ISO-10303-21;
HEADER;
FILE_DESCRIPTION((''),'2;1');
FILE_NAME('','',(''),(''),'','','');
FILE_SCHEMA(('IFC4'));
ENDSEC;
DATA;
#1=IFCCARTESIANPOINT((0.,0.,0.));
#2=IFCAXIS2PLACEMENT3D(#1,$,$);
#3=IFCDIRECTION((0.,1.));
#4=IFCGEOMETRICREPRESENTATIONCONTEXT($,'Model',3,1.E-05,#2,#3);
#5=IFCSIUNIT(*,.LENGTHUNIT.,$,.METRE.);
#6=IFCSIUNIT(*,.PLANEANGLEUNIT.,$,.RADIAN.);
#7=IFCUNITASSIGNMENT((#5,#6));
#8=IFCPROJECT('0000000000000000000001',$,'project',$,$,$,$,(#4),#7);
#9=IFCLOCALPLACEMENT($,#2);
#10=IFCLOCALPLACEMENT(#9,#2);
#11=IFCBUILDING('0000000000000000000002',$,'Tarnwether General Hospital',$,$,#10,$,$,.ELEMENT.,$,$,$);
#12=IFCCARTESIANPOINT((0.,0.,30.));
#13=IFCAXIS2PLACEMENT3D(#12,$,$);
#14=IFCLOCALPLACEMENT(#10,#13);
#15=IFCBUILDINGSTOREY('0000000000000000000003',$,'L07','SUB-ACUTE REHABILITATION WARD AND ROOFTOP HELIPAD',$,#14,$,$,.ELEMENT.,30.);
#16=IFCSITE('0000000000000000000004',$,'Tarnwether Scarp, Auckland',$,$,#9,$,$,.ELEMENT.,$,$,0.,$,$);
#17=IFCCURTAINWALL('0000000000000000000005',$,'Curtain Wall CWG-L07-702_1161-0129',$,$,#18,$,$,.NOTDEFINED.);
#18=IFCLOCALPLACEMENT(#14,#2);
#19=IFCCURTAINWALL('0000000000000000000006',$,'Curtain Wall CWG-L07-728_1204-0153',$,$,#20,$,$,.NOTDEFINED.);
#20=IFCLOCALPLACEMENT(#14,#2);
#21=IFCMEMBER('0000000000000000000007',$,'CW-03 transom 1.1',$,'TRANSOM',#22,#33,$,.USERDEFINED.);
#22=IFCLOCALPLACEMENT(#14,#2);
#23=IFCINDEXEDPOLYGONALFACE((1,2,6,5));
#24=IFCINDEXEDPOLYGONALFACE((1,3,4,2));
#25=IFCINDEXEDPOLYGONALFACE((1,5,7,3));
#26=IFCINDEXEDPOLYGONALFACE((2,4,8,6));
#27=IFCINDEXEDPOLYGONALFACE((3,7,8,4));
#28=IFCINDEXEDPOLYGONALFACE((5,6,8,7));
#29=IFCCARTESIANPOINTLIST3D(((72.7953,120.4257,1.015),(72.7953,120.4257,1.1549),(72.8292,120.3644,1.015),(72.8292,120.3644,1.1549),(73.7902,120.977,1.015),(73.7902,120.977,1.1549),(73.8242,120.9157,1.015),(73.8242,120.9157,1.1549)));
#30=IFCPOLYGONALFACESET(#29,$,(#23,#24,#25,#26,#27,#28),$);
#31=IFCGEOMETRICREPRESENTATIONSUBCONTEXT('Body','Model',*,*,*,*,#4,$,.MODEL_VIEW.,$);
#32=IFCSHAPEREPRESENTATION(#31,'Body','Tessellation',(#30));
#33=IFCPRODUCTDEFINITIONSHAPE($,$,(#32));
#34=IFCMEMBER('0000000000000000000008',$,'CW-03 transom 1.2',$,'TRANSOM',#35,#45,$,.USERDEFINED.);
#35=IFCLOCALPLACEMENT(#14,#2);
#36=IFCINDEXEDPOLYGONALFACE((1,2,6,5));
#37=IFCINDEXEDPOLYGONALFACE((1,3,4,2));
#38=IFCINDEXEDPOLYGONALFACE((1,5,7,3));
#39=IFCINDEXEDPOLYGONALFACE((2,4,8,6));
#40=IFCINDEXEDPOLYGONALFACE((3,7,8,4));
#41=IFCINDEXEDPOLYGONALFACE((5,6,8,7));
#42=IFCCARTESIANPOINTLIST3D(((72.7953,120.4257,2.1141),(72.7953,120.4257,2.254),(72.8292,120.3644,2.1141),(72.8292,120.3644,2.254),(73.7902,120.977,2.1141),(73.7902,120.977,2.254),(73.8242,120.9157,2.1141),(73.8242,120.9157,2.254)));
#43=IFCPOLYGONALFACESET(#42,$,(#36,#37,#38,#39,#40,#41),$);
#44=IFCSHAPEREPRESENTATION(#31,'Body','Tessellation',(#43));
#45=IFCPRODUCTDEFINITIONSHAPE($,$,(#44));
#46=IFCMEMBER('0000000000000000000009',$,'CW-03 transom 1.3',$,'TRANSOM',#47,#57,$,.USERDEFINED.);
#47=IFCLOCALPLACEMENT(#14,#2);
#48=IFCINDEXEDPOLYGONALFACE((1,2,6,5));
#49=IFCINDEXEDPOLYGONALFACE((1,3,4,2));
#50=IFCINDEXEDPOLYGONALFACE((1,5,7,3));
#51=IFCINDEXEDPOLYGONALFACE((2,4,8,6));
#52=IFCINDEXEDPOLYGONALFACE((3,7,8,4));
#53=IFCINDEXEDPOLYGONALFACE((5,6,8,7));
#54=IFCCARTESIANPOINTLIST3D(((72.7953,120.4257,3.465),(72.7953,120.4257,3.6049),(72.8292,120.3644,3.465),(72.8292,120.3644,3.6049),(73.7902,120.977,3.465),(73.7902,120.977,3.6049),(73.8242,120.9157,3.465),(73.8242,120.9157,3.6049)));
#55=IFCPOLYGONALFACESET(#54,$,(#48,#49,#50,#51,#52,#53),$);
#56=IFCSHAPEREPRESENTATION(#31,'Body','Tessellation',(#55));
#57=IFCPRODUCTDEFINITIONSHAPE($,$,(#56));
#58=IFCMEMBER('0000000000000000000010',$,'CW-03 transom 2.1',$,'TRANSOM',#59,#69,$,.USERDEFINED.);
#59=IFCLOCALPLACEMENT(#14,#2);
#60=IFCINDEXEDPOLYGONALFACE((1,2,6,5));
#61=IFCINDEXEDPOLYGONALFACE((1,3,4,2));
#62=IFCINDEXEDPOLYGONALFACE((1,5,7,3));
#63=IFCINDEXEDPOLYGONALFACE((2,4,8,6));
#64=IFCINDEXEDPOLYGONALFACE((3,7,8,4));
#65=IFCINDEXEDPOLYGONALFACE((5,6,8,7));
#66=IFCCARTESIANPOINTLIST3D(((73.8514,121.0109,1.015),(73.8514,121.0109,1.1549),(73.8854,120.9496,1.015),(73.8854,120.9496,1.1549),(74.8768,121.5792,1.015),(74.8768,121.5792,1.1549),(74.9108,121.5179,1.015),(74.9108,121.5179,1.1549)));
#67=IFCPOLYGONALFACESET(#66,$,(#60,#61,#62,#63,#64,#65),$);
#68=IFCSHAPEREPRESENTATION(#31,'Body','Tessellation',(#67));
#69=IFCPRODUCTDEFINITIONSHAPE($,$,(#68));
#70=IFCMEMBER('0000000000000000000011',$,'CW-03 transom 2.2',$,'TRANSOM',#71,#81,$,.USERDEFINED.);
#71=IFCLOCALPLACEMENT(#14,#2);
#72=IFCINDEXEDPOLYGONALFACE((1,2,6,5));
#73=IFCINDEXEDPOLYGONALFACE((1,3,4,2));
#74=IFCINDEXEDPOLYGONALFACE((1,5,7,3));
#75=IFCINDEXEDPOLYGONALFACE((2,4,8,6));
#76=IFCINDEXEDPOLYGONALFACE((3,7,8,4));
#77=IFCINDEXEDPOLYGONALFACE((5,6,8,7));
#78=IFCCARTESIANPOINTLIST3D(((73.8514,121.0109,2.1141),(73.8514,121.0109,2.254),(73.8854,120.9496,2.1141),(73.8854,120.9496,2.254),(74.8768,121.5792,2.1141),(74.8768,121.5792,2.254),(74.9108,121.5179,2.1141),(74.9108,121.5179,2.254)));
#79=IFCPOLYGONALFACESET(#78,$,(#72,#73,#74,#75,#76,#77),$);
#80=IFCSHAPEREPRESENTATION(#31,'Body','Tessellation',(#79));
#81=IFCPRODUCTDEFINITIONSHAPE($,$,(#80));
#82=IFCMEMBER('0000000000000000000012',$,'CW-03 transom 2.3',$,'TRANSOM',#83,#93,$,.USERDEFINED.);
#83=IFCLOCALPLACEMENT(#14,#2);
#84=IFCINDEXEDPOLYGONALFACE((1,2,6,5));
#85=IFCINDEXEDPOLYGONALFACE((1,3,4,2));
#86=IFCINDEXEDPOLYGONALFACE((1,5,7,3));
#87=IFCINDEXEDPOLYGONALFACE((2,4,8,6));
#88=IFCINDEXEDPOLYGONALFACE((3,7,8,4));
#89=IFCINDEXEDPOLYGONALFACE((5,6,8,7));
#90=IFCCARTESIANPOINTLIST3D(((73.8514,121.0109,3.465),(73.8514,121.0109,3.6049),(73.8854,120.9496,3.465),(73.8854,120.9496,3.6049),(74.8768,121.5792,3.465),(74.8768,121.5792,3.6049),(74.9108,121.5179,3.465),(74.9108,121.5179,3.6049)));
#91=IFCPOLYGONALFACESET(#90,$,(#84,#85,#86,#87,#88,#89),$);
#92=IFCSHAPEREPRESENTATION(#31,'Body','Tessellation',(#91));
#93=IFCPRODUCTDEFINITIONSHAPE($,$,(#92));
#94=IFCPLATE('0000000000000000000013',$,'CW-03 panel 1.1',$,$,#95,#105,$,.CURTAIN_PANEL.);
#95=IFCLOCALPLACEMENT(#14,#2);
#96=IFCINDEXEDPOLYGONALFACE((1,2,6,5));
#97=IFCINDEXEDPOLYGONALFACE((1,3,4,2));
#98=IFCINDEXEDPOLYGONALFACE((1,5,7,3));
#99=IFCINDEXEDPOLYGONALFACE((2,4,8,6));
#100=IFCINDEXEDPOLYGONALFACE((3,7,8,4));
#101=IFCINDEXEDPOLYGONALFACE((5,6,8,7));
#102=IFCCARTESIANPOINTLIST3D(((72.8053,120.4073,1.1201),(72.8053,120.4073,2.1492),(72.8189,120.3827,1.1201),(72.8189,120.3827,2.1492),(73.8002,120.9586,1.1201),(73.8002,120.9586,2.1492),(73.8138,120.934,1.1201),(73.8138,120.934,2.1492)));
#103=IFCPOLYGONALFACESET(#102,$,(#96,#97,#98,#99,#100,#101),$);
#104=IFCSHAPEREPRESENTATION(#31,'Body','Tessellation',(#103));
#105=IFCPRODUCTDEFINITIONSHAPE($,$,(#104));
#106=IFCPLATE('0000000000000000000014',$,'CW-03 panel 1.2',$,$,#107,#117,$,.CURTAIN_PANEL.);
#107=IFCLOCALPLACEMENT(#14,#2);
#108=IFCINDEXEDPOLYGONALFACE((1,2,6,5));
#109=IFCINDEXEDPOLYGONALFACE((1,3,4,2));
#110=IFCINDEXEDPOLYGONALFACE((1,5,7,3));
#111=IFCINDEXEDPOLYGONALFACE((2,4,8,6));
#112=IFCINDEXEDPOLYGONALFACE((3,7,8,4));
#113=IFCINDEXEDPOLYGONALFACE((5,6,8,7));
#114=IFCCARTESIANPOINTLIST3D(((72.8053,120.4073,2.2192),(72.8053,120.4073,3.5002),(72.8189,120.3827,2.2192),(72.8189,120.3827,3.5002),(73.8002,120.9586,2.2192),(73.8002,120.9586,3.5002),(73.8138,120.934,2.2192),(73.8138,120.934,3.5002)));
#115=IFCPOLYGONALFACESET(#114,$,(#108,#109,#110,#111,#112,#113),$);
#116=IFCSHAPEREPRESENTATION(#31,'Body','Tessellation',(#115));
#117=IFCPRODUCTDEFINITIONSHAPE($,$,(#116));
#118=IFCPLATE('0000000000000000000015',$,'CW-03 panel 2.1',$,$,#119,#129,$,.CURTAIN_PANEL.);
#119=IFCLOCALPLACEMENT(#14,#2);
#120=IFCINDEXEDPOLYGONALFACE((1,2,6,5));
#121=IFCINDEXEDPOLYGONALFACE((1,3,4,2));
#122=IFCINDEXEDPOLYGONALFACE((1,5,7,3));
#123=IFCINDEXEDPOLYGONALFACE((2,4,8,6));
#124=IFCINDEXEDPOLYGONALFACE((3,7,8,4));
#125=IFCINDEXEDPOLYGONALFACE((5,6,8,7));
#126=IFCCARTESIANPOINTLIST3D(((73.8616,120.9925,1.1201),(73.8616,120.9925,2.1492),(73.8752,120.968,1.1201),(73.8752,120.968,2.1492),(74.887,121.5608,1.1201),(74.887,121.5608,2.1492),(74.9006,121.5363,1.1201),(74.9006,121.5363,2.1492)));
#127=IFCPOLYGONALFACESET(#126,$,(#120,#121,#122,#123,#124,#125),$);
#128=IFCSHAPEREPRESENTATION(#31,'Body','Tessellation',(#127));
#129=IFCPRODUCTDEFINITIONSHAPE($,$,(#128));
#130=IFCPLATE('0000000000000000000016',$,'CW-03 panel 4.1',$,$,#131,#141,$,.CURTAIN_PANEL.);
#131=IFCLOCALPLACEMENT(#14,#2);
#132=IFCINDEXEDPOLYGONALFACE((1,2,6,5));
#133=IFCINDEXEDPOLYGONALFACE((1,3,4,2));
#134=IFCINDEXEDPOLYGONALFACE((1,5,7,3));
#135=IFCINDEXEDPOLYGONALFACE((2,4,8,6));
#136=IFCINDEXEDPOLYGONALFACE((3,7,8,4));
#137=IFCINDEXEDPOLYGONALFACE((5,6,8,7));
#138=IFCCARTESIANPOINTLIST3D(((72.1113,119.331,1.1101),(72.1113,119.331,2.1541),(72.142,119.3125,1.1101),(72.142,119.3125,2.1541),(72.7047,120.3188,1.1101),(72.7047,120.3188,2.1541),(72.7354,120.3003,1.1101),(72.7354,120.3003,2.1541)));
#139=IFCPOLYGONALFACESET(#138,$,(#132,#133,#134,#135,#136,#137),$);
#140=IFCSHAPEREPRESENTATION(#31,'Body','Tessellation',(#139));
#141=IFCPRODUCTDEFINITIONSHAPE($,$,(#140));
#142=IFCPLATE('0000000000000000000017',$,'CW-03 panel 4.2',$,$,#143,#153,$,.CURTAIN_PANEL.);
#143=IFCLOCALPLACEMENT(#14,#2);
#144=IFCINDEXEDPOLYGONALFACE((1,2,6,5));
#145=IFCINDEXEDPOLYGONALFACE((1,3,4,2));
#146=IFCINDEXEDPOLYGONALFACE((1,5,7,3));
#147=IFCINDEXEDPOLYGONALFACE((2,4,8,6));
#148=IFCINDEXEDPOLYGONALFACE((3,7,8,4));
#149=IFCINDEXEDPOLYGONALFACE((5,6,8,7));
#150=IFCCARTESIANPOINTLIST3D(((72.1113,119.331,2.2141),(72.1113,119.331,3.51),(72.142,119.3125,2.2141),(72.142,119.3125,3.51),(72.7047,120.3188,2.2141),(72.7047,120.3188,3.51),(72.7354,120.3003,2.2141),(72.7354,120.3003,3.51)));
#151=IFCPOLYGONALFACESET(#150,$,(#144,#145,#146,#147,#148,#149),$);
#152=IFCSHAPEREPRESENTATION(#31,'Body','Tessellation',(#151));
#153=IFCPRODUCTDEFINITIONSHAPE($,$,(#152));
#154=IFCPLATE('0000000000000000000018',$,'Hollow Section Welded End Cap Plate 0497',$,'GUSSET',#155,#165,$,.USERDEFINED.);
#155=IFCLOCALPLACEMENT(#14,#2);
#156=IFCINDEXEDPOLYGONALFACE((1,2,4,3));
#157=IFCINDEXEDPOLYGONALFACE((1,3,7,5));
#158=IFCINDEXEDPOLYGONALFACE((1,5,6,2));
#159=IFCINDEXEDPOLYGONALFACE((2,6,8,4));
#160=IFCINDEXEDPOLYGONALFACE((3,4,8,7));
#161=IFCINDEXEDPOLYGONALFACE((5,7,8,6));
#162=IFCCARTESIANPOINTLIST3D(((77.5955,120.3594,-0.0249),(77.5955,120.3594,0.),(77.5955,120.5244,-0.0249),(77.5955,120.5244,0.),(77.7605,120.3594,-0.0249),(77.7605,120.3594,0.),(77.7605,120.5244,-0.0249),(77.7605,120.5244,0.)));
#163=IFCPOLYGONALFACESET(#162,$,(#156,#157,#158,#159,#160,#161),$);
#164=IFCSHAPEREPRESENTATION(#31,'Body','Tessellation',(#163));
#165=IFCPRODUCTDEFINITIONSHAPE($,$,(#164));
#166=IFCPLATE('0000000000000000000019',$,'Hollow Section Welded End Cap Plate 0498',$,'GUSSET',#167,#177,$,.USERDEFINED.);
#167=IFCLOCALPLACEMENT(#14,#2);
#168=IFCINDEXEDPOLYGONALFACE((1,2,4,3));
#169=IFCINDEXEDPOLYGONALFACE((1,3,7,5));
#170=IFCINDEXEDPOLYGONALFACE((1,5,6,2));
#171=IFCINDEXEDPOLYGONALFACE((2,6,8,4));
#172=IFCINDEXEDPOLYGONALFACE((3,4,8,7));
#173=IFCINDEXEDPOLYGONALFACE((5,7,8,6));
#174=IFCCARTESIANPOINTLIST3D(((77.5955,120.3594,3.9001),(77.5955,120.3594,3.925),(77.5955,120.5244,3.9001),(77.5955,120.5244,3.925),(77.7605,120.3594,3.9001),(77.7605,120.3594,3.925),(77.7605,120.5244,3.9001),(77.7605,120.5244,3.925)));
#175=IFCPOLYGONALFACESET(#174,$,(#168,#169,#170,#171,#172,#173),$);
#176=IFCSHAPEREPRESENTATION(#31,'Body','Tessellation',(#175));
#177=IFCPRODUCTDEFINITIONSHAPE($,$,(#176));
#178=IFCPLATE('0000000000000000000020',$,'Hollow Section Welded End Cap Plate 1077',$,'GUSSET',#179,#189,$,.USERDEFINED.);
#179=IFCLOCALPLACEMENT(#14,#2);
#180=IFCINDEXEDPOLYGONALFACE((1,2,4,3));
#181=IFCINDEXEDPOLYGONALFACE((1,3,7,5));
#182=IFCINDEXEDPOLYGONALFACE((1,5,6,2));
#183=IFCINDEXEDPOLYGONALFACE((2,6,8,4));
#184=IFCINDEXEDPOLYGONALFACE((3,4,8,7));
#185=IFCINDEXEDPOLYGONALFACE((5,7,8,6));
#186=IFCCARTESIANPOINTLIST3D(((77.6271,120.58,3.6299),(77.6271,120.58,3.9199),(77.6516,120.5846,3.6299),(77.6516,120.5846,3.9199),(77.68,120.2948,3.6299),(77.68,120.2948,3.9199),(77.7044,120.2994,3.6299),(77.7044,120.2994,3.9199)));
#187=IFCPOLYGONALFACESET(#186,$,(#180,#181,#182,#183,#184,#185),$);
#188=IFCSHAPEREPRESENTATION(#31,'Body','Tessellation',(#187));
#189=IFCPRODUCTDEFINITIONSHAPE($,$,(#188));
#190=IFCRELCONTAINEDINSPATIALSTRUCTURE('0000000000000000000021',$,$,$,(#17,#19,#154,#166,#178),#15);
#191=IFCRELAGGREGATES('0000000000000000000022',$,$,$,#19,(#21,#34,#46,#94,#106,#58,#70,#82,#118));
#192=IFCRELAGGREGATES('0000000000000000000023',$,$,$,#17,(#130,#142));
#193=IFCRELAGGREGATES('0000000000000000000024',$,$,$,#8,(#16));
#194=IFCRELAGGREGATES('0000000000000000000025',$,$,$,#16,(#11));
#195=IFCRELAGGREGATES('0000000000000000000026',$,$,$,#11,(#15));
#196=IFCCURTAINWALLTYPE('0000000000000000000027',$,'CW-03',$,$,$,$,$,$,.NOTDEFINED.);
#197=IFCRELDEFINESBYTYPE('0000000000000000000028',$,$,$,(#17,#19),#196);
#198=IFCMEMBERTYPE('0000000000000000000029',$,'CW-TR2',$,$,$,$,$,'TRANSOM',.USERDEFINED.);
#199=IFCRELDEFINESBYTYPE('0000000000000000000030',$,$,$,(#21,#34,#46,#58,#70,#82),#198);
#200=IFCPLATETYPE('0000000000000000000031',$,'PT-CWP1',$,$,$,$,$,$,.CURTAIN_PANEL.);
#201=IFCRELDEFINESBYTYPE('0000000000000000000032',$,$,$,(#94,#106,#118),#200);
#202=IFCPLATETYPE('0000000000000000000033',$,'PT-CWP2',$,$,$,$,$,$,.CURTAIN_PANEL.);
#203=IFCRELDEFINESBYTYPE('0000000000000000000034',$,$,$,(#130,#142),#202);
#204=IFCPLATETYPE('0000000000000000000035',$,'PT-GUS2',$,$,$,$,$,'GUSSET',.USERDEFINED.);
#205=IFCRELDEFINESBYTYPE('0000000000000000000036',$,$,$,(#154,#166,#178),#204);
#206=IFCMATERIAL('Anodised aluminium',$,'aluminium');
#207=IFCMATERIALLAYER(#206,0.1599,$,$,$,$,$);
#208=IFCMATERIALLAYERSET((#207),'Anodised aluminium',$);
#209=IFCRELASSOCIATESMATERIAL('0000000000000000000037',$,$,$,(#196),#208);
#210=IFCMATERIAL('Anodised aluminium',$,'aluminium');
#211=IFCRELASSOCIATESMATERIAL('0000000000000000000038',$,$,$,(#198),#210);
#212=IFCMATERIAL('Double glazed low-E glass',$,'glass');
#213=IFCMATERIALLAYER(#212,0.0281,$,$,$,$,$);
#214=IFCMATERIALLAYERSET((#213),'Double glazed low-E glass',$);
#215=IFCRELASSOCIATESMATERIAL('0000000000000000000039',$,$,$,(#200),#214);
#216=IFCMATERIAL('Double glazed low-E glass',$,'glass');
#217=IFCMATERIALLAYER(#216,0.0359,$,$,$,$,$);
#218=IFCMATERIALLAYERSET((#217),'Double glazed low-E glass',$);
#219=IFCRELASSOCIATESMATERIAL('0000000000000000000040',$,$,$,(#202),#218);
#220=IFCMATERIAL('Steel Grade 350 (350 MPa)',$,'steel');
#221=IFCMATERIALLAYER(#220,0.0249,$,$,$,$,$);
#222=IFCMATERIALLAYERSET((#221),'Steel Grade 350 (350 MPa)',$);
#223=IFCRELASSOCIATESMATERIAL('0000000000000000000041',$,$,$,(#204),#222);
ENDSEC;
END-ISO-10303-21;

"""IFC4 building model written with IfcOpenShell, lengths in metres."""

from ifc_helpers import new_model, si_unit, direction, frame, origin, origin_2d, place, context, subcontext, project, spatial, rectangle, extrude, material, layer, layer_set, material_profile, profile_set, type_object, element, aggregate, save


model = new_model("IFC4")

# Units and contexts
model_context = context("Model", 3, precision=1e-05, world=origin(), true_north=direction((0.0, 1.0)))
body_context = subcontext(model_context, "Body", "Model", "MODEL_VIEW")
ifc_project = project(units=[si_unit("LENGTHUNIT", "METRE"), si_unit("PLANEANGLEUNIT", "RADIAN")], contexts=[model_context])

# Site, building, storey
site_placement = place(None, origin())
site = spatial("IfcSite", under=ifc_project, at=site_placement, Name="Tarnwether Scarp, Auckland", CompositionType="ELEMENT", RefElevation=0.0)
building_placement = place(site_placement, origin())
building = spatial("IfcBuilding", under=site, at=building_placement, Name="Tarnwether General Hospital", CompositionType="ELEMENT")
storey_placement = place(building_placement, frame((0.0, 0.0, 30.0)))
storey = spatial("IfcBuildingStorey", under=building, at=storey_placement, Name="L07", Description="SUB-ACUTE REHABILITATION WARD AND ROOFTOP HELIPAD", CompositionType="ELEMENT", Elevation=30.0)

# Curtain walls
ifc_material_1 = material(Name="Anodised aluminium", Category="aluminium")
ifc_layer_1 = layer(ifc_material_1, 0.1599)
ifc_layer_set_1 = layer_set([ifc_layer_1], Name="Anodised aluminium")
curtain_wall_type = type_object("IfcCurtainWallType", Name="CW-03", PredefinedType="NOTDEFINED", material=ifc_layer_set_1)
curtain_wall_1_placement = place(storey_placement, origin())
curtain_wall_1 = element("IfcCurtainWall", 1, at=curtain_wall_1_placement, inside=storey, type_object=curtain_wall_type, Name="Curtain Wall CWG-L07-702_1161-0129", PredefinedType="NOTDEFINED")
curtain_wall_2_placement = place(storey_placement, origin())
curtain_wall_2 = element("IfcCurtainWall", 2, at=curtain_wall_2_placement, inside=storey, type_object=curtain_wall_type, Name="Curtain Wall CWG-L07-728_1204-0153", PredefinedType="NOTDEFINED")

# Members
ifc_material_2 = material(Name="Anodised aluminium", Category="aluminium")
ifc_material_profile_1 = material_profile(ifc_material_2, rectangle(XDim=0.0701, YDim=0.1399, at=origin_2d()), Name="ALU-TRN-70x140")
ifc_profile_set_1 = profile_set([ifc_material_profile_1], Name="Anodised aluminium")
member_type_1 = type_object("IfcMemberType", Name="CW-TR2", ElementType="TRANSOM", PredefinedType="USERDEFINED", material=ifc_profile_set_1)
member_1_placement = place(storey_placement, frame((72.8123, 120.395, 1.085), z_axis=(0.874693, 0.484677, 0.0), x_axis=(-0.484677, 0.874693, 0.0)))
member_1 = element("IfcMember", 3, at=member_1_placement, type_object=member_type_1, Name="CW-03 transom 1.1", ObjectType="TRANSOM", PredefinedType="USERDEFINED", context=body_context, shape_type="SweptSolid", body=[
    extrude(rectangle(XDim=0.0701, YDim=0.1399, at=origin_2d()), origin(), (0.0, 0.0, 1.0), 1.1375),
])
member_2_placement = place(storey_placement, frame((72.8123, 120.395, 2.1841), z_axis=(0.874693, 0.484677, 0.0), x_axis=(-0.484677, 0.874693, 0.0)))
member_2 = element("IfcMember", 4, at=member_2_placement, type_object=member_type_1, Name="CW-03 transom 1.2", ObjectType="TRANSOM", PredefinedType="USERDEFINED", context=body_context, shape_type="SweptSolid", body=[
    extrude(rectangle(XDim=0.0701, YDim=0.1399, at=origin_2d()), origin(), (0.0, 0.0, 1.0), 1.1375),
])
member_3_placement = place(storey_placement, frame((72.8123, 120.395, 3.5349), z_axis=(0.874693, 0.484677, 0.0), x_axis=(-0.484677, 0.874693, 0.0)))
member_3 = element("IfcMember", 5, at=member_3_placement, type_object=member_type_1, Name="CW-03 transom 1.3", ObjectType="TRANSOM", PredefinedType="USERDEFINED", context=body_context, shape_type="SweptSolid", body=[
    extrude(rectangle(XDim=0.0701, YDim=0.1399, at=origin_2d()), origin(), (0.0, 0.0, 1.0), 1.1375),
])
member_4_placement = place(storey_placement, frame((73.8684, 120.9802, 1.085), z_axis=(0.874628, 0.484794, 0.0), x_axis=(-0.484794, 0.874628, 0.0)))
member_4 = element("IfcMember", 6, at=member_4_placement, type_object=member_type_1, Name="CW-03 transom 2.1", ObjectType="TRANSOM", PredefinedType="USERDEFINED", context=body_context, shape_type="SweptSolid", body=[
    extrude(rectangle(XDim=0.0701, YDim=0.1399, at=origin_2d()), origin(), (0.0, 0.0, 1.0), 1.1724),
])
member_5_placement = place(storey_placement, frame((73.8684, 120.9802, 2.1841), z_axis=(0.874628, 0.484794, 0.0), x_axis=(-0.484794, 0.874628, 0.0)))
member_5 = element("IfcMember", 7, at=member_5_placement, type_object=member_type_1, Name="CW-03 transom 2.2", ObjectType="TRANSOM", PredefinedType="USERDEFINED", context=body_context, shape_type="SweptSolid", body=[
    extrude(rectangle(XDim=0.0701, YDim=0.1399, at=origin_2d()), origin(), (0.0, 0.0, 1.0), 1.1724),
])
member_6_placement = place(storey_placement, frame((73.8684, 120.9802, 3.5349), z_axis=(0.874628, 0.484794, 0.0), x_axis=(-0.484794, 0.874628, 0.0)))
member_6 = element("IfcMember", 8, at=member_6_placement, type_object=member_type_1, Name="CW-03 transom 2.3", ObjectType="TRANSOM", PredefinedType="USERDEFINED", context=body_context, shape_type="SweptSolid", body=[
    extrude(rectangle(XDim=0.0701, YDim=0.1399, at=origin_2d()), origin(), (0.0, 0.0, 1.0), 1.1724),
])

# Plates
ifc_material_3 = material(Name="Double glazed low-E glass", Category="glass")
ifc_layer_2 = layer(ifc_material_3, 0.0281)
ifc_layer_set_2 = layer_set([ifc_layer_2], Name="Double glazed low-E glass")
plate_type_1 = type_object("IfcPlateType", Name="PT-CWP1", PredefinedType="CURTAIN_PANEL", material=ifc_layer_set_2)
plate_1_placement = place(storey_placement, frame((73.3096, 120.6707, 1.1201), z_axis=(0.0, 0.0, 1.0), x_axis=(0.874669, 0.48472, 0.0)))
plate_1 = element("IfcPlate", 9, at=plate_1_placement, type_object=plate_type_1, Name="CW-03 panel 1.1", PredefinedType="CURTAIN_PANEL", context=body_context, shape_type="SweptSolid", body=[
    extrude(rectangle(XDim=1.1375, YDim=0.0281, at=origin_2d()), origin(), (0.0, 0.0, 1.0), 1.0291),
])
plate_2_placement = place(storey_placement, frame((73.3096, 120.6707, 2.2192), z_axis=(0.0, 0.0, 1.0), x_axis=(0.874669, 0.48472, 0.0)))
plate_2 = element("IfcPlate", 10, at=plate_2_placement, type_object=plate_type_1, Name="CW-03 panel 1.2", PredefinedType="CURTAIN_PANEL", context=body_context, shape_type="SweptSolid", body=[
    extrude(rectangle(XDim=1.1375, YDim=0.0281, at=origin_2d()), origin(), (0.0, 0.0, 1.0), 1.281),
])
plate_3_placement = place(storey_placement, frame((74.3811, 121.2644, 1.1201), z_axis=(0.0, 0.0, 1.0), x_axis=(0.874669, 0.48472, 0.0)))
plate_3 = element("IfcPlate", 11, at=plate_3_placement, type_object=plate_type_1, Name="CW-03 panel 2.1", PredefinedType="CURTAIN_PANEL", context=body_context, shape_type="SweptSolid", body=[
    extrude(rectangle(XDim=1.1724, YDim=0.0281, at=origin_2d()), origin(), (0.0, 0.0, 1.0), 1.0291),
])
aggregate(curtain_wall_2, [member_1, member_2, member_3, plate_1, plate_2, member_4, member_5, member_6, plate_3])
ifc_material_4 = material(Name="Double glazed low-E glass", Category="glass")
ifc_layer_3 = layer(ifc_material_4, 0.0359)
ifc_layer_set_3 = layer_set([ifc_layer_3], Name="Double glazed low-E glass")
plate_type_2 = type_object("IfcPlateType", Name="PT-CWP2", PredefinedType="CURTAIN_PANEL", material=ifc_layer_set_3)
plate_4_placement = place(storey_placement, frame((72.4233, 119.8157, 1.1101), z_axis=(0.0, 0.0, 1.0), x_axis=(0.51494, 0.857226, 0.0)))
plate_4 = element("IfcPlate", 12, at=plate_4_placement, type_object=plate_type_2, Name="CW-03 panel 4.1", PredefinedType="CURTAIN_PANEL", context=body_context, shape_type="SweptSolid", body=[
    extrude(rectangle(XDim=1.1523, YDim=0.0359, at=origin_2d()), origin(), (0.0, 0.0, 1.0), 1.0439),
])
plate_5_placement = place(storey_placement, frame((72.4233, 119.8157, 2.2141), z_axis=(0.0, 0.0, 1.0), x_axis=(0.51494, 0.857226, 0.0)))
plate_5 = element("IfcPlate", 13, at=plate_5_placement, type_object=plate_type_2, Name="CW-03 panel 4.2", PredefinedType="CURTAIN_PANEL", context=body_context, shape_type="SweptSolid", body=[
    extrude(rectangle(XDim=1.1523, YDim=0.0359, at=origin_2d()), origin(), (0.0, 0.0, 1.0), 1.2959),
])
aggregate(curtain_wall_1, [plate_4, plate_5])

# Plates
ifc_material_5 = material(Name="Steel Grade 350 (350 MPa)", Category="steel")
ifc_layer_4 = layer(ifc_material_5, 0.0249)
ifc_layer_set_4 = layer_set([ifc_layer_4], Name="Steel Grade 350 (350 MPa)")
plate_type_3 = type_object("IfcPlateType", Name="PT-GUS2", ElementType="GUSSET", PredefinedType="USERDEFINED", material=ifc_layer_set_4)
for number, where, z_axis, x_axis, name in (
    (14, (77.678, 120.4419, -0.0249), (0.0, 0.0, 1.0), (1.0, 0.0, 0.0), "Hollow Section Welded End Cap Plate 0497"),
    (15, (77.678, 120.4419, 3.9001), (0.0, 0.0, 1.0), (1.0, 0.0, 0.0), "Hollow Section Welded End Cap Plate 0498"),
):
    element("IfcPlate", number, at=place(storey_placement, frame(where, z_axis=z_axis, x_axis=x_axis)), inside=storey, type_object=plate_type_3, Name=name, ObjectType="GUSSET", PredefinedType="USERDEFINED", context=body_context, shape_type="SweptSolid", body=[
        extrude(rectangle(XDim=0.165, YDim=0.165, at=origin_2d()), origin(), (0.0, 0.0, 1.0), 0.0249),
    ])
plate_6_placement = place(storey_placement, frame((77.6658, 120.4397, 3.6299), z_axis=(0.0, 0.0, 1.0), x_axis=(0.983261, 0.182201, 0.0)))
element("IfcPlate", 16, at=plate_6_placement, inside=storey, type_object=plate_type_3, Name="Hollow Section Welded End Cap Plate 1077", ObjectType="GUSSET", PredefinedType="USERDEFINED", context=body_context, shape_type="SweptSolid", body=[
    extrude(rectangle(XDim=0.0249, YDim=0.29, at=origin_2d()), origin(), (0.0, 0.0, 1.0), 0.29),
])

save(model, "model.ifc")
